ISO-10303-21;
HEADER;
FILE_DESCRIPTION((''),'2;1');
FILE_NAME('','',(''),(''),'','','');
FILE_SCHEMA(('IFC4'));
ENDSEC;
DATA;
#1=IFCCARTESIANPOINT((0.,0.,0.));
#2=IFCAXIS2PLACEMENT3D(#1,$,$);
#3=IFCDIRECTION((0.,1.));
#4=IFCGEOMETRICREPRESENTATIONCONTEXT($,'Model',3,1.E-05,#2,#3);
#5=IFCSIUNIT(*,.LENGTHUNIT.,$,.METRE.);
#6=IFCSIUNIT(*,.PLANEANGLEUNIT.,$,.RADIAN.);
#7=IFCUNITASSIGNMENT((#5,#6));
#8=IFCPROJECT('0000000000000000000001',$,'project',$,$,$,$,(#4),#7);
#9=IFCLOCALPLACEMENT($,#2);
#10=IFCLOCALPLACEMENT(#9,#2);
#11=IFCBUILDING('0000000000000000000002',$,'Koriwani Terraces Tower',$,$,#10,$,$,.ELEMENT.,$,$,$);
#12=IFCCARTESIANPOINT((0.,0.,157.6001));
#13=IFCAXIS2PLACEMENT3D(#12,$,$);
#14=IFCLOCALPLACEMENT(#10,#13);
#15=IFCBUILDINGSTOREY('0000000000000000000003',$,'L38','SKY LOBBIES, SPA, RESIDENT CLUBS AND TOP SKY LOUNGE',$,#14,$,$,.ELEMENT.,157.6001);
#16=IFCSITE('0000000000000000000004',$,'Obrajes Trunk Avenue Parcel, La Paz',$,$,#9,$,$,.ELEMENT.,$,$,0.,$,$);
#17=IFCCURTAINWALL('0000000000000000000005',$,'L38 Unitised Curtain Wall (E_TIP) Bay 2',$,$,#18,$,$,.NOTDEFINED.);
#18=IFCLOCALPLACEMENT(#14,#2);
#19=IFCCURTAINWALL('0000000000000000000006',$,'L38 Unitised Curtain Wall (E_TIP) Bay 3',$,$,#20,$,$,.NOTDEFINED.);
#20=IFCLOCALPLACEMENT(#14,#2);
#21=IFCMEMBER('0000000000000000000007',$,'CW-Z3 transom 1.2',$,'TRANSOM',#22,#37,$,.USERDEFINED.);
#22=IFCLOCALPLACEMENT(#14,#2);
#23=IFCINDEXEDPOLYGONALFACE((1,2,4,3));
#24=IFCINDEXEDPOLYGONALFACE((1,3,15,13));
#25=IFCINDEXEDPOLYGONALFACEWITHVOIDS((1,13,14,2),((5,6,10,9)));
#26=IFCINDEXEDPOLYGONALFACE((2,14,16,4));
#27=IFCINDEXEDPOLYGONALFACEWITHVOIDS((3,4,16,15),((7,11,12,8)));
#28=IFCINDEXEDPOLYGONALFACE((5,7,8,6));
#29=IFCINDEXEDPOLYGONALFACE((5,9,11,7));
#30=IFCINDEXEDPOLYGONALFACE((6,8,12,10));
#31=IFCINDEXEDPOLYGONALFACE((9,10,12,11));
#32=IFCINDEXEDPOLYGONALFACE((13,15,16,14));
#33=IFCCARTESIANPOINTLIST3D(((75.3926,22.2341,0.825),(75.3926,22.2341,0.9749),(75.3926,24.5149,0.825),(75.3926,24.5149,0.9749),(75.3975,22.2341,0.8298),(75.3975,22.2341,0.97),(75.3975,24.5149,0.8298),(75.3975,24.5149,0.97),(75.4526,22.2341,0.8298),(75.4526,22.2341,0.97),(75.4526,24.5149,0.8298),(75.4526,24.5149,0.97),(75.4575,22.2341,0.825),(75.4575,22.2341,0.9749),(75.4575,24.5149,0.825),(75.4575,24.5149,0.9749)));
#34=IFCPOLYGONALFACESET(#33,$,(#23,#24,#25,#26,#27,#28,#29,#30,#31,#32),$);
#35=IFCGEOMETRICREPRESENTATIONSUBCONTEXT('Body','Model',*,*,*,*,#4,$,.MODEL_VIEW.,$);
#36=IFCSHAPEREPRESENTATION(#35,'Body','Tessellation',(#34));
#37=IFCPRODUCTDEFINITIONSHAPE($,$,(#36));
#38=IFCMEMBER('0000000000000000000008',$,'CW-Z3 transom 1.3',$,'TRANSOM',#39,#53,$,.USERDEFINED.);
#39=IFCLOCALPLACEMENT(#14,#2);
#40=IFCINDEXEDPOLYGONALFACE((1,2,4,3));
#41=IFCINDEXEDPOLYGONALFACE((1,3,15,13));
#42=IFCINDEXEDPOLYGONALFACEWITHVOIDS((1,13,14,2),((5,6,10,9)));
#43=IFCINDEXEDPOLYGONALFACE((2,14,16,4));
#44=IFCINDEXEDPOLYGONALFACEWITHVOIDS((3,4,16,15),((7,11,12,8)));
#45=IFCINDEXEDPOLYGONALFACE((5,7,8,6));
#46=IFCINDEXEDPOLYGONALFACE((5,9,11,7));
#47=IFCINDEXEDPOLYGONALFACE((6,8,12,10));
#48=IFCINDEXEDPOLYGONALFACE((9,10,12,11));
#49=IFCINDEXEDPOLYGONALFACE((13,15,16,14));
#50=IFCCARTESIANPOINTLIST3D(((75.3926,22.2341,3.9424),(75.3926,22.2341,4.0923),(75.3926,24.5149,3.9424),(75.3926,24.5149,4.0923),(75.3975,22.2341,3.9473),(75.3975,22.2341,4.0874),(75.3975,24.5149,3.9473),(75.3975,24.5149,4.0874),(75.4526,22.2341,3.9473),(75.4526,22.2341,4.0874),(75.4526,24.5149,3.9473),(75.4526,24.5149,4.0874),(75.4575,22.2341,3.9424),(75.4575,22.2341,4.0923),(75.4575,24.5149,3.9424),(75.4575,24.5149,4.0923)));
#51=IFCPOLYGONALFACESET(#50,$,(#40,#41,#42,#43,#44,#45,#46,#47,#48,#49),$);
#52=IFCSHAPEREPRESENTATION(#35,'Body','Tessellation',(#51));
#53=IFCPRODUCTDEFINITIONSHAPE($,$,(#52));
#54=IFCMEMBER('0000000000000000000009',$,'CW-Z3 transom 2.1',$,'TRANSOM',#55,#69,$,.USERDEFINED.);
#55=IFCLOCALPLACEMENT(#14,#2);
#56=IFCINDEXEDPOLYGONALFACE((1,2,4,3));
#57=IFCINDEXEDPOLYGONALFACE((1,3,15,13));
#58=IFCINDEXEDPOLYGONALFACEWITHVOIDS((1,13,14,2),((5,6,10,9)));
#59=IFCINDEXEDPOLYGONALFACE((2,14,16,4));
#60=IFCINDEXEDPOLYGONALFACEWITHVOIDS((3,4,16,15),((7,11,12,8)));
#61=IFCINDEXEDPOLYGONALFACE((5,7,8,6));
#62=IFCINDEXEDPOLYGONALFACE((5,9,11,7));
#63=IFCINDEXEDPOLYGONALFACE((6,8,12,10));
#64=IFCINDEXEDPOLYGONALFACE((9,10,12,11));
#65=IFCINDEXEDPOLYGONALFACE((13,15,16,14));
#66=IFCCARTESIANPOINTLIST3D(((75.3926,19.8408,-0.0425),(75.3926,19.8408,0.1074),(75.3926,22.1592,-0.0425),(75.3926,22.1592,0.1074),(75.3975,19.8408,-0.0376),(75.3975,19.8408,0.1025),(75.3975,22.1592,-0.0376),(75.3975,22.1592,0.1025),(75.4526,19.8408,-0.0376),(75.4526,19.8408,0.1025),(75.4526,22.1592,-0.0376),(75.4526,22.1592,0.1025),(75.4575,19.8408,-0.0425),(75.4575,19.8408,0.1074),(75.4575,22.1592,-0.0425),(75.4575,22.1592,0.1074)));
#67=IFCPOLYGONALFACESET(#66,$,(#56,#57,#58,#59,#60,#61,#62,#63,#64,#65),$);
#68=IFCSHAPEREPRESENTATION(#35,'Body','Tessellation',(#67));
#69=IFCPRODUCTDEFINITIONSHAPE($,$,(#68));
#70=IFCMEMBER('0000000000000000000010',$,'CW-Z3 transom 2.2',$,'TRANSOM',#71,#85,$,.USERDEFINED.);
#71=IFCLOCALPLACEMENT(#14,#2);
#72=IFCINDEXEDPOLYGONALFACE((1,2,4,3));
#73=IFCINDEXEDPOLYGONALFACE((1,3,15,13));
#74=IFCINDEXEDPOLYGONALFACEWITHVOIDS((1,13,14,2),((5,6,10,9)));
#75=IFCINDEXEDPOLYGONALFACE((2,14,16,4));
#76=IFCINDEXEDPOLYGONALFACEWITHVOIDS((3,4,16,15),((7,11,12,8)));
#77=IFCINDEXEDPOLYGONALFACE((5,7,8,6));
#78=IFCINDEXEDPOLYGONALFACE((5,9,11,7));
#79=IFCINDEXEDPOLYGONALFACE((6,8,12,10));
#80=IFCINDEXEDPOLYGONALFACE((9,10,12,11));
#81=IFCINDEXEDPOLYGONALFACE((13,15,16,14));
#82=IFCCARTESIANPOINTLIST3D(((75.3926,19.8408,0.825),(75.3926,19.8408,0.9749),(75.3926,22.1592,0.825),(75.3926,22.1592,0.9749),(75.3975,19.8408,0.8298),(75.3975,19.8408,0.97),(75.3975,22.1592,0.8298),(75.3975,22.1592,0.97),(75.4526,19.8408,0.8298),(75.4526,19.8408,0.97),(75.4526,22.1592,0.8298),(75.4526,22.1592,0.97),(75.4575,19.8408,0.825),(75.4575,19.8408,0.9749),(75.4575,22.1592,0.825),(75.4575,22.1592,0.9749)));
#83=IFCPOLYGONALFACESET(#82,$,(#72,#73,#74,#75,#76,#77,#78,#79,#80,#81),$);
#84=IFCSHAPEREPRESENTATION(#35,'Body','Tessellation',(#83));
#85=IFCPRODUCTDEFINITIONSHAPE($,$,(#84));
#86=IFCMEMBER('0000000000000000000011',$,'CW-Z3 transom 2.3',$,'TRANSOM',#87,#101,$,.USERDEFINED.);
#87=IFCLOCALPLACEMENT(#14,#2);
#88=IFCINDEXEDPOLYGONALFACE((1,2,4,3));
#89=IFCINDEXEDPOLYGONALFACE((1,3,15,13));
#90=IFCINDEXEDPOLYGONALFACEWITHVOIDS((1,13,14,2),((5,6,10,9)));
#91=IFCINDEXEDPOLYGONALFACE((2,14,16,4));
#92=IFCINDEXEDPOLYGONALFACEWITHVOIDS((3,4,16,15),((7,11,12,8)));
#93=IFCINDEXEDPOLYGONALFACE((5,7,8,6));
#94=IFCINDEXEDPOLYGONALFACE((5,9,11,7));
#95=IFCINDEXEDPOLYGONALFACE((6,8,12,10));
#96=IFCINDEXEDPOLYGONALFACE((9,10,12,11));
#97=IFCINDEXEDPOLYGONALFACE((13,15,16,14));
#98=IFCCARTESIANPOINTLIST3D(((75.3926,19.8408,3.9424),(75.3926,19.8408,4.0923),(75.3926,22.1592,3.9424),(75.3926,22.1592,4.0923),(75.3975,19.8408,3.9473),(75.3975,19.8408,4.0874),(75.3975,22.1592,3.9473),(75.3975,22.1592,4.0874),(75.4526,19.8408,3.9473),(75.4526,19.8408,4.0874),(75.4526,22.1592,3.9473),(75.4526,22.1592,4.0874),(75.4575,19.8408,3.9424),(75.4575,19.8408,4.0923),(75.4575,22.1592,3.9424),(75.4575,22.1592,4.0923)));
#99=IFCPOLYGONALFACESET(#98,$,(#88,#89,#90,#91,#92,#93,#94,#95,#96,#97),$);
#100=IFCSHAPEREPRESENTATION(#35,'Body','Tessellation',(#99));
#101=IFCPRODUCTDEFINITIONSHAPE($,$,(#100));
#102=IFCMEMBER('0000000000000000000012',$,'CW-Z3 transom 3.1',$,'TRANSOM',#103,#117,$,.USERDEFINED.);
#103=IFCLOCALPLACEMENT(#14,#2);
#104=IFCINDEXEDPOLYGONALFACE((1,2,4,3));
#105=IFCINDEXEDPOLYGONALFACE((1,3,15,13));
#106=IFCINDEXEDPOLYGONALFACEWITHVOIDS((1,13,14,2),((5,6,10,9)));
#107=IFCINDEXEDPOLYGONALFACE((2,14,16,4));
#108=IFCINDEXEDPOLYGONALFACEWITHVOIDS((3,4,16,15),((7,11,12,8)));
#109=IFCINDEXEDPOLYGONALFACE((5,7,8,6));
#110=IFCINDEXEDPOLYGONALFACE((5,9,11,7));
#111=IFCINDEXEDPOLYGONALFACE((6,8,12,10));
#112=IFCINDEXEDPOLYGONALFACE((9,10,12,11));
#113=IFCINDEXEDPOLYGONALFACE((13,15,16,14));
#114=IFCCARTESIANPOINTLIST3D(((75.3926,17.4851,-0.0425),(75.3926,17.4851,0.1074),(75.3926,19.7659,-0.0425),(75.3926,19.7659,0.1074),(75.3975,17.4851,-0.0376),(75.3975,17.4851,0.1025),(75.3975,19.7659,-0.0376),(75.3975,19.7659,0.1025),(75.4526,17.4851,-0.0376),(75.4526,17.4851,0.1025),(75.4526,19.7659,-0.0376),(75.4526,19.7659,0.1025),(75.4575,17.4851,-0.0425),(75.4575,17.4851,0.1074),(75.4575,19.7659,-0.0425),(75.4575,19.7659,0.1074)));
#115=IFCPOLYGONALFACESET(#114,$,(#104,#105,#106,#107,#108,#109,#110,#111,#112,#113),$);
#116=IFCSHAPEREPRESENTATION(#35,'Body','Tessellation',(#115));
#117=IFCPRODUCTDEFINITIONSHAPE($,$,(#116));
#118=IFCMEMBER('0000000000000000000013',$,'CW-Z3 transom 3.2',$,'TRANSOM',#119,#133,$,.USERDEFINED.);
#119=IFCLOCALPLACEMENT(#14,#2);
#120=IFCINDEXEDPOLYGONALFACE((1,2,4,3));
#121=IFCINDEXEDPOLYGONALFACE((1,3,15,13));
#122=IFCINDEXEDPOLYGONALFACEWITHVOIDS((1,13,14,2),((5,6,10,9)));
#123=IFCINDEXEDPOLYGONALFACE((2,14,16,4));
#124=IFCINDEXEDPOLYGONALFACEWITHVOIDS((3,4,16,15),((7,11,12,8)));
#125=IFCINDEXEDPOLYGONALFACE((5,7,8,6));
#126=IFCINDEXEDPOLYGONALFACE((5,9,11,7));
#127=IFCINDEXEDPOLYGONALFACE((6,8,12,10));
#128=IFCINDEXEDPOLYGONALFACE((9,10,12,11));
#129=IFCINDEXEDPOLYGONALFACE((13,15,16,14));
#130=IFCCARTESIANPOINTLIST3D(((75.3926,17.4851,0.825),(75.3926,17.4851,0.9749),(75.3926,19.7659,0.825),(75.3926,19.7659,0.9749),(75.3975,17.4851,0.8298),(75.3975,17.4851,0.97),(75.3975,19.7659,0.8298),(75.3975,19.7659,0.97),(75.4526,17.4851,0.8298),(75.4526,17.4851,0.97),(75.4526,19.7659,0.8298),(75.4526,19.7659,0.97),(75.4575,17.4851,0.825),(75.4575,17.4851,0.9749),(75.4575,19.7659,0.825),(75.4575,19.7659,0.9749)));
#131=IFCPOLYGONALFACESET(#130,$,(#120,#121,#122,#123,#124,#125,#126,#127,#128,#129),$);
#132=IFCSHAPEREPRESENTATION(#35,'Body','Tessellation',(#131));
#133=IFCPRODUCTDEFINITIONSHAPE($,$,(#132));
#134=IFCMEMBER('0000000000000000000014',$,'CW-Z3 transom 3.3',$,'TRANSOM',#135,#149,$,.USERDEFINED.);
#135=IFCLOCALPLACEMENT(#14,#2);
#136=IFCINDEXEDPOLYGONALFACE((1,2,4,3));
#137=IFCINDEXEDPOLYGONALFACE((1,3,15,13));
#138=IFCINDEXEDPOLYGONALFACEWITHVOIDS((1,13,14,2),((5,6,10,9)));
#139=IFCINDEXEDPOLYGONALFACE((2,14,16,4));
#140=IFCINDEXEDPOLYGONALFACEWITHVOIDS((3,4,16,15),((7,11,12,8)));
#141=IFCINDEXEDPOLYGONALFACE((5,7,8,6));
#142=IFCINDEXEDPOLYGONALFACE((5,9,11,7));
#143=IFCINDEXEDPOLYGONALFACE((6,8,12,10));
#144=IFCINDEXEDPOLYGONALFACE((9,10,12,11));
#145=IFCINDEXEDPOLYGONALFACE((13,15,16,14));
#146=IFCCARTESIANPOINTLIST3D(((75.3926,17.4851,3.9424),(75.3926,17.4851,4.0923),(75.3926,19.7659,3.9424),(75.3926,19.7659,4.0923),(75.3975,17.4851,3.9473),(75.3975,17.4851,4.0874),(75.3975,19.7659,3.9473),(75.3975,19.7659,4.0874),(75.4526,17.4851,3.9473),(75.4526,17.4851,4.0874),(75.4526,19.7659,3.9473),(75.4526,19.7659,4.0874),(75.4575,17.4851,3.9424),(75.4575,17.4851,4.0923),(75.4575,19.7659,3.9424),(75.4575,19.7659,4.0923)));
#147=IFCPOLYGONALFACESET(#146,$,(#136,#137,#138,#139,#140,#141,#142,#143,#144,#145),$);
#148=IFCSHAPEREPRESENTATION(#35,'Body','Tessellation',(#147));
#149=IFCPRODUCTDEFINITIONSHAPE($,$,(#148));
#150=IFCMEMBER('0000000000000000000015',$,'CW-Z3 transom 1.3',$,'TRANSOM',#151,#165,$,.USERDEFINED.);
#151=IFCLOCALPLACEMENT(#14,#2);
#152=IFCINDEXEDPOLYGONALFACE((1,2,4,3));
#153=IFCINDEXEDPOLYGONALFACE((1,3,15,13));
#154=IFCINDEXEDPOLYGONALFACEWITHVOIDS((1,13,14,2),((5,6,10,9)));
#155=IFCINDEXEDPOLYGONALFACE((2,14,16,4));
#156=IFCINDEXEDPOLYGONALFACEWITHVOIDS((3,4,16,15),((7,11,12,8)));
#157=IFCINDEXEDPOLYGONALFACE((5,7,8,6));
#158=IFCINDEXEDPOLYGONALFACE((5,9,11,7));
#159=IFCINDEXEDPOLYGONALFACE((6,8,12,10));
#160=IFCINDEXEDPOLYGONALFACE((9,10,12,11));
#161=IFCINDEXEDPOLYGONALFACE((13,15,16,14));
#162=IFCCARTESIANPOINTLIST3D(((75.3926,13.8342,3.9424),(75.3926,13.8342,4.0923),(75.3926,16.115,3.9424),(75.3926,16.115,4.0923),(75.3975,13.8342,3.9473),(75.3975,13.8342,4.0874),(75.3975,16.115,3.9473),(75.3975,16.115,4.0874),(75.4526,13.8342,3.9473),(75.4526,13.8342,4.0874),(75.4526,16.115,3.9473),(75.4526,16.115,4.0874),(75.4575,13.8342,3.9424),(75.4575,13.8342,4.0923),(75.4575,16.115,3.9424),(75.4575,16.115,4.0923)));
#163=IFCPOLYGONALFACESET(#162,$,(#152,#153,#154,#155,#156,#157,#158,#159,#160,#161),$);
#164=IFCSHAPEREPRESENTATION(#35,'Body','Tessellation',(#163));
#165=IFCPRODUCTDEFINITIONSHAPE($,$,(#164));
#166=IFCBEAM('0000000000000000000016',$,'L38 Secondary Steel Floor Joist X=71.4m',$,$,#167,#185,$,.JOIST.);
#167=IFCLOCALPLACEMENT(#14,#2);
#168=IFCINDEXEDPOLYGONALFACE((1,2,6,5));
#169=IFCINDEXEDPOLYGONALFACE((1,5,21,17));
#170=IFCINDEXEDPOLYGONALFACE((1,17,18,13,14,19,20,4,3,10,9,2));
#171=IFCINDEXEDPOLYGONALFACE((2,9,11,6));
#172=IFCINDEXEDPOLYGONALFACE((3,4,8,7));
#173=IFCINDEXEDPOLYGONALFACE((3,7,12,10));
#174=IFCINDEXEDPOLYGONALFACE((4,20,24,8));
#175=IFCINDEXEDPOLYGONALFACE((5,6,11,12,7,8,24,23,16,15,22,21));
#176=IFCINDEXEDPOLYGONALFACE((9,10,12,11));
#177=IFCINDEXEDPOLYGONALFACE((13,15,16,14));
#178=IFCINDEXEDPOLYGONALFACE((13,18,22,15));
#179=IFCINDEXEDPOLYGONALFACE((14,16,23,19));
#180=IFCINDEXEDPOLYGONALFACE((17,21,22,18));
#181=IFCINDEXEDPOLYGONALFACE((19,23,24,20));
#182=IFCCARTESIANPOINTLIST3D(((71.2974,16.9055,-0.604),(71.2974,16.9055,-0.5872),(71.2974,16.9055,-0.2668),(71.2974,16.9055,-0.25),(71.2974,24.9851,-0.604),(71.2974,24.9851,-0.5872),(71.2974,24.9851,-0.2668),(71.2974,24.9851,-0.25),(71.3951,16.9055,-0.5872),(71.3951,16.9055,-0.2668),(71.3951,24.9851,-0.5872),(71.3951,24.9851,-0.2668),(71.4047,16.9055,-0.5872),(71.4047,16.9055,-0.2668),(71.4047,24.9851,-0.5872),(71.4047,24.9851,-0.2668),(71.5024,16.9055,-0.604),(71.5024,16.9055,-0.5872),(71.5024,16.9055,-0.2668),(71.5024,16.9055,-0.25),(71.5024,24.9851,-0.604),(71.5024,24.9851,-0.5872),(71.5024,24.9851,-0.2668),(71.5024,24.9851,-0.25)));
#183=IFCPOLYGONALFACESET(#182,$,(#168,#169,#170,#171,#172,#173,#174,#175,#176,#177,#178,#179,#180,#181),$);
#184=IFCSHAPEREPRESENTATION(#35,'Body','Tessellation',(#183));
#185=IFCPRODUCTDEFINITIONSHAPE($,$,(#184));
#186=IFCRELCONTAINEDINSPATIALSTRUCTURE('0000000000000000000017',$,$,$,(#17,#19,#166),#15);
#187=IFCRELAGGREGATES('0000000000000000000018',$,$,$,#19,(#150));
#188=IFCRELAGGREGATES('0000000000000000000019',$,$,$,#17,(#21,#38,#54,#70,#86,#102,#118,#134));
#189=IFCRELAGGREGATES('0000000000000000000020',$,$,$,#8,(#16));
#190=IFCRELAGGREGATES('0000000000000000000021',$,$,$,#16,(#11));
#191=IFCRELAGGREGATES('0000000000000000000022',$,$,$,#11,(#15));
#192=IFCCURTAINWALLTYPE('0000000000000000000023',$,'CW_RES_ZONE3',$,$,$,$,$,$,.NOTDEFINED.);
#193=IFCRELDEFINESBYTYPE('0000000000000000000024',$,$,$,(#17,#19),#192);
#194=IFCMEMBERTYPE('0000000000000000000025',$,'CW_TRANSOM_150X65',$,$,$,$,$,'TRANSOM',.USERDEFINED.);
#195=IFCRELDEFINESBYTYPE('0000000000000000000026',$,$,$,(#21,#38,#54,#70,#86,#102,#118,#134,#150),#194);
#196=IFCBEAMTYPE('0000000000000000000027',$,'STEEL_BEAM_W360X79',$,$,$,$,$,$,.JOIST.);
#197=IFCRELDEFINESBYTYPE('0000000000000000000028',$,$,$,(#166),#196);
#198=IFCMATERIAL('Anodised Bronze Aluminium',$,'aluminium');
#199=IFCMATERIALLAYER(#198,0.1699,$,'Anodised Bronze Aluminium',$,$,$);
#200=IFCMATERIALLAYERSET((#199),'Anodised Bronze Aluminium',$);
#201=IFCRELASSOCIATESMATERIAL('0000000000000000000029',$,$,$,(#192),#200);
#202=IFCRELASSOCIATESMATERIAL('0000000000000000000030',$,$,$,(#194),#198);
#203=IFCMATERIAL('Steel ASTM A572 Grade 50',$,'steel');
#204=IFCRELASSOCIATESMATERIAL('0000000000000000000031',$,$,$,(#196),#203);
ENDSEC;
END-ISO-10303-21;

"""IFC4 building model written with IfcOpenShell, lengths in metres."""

from ifc_helpers import new_model, si_unit, direction, frame, origin, origin_2d, place, context, subcontext, project, spatial, hollow_rectangle, i_section, extrude, material, layer, layer_set, material_profile, profile_set, type_object, element, aggregate, save


model = new_model("IFC4")

# Units and contexts
model_context = context("Model", 3, precision=1e-05, world=origin(), true_north=direction((0.0, 1.0)))
body_context = subcontext(model_context, "Body", "Model", "MODEL_VIEW")
ifc_project = project(units=[si_unit("LENGTHUNIT", "METRE"), si_unit("PLANEANGLEUNIT", "RADIAN")], contexts=[model_context])

# Site, building, storey
site_placement = place(None, origin())
site = spatial("IfcSite", under=ifc_project, at=site_placement, Name="Obrajes Trunk Avenue Parcel, La Paz", CompositionType="ELEMENT", RefElevation=0.0)
building_placement = place(site_placement, origin())
building = spatial("IfcBuilding", under=site, at=building_placement, Name="Koriwani Terraces Tower", CompositionType="ELEMENT")
storey_placement = place(building_placement, frame((0.0, 0.0, 157.6001)))
storey = spatial("IfcBuildingStorey", under=building, at=storey_placement, Name="L38", Description="SKY LOBBIES, SPA, RESIDENT CLUBS AND TOP SKY LOUNGE", CompositionType="ELEMENT", Elevation=157.6001)

# Curtain wall
ifc_material_1 = material(Name="Anodised Bronze Aluminium", Category="aluminium")
ifc_layer_1 = layer(ifc_material_1, 0.1699, Name="Anodised Bronze Aluminium")
ifc_layer_set_1 = layer_set([ifc_layer_1], Name="Anodised Bronze Aluminium")
curtain_wall_type = type_object("IfcCurtainWallType", Name="CW_RES_ZONE3", PredefinedType="NOTDEFINED", material=ifc_layer_set_1)
curtain_wall_1_placement = place(storey_placement, origin())
curtain_wall_1 = element("IfcCurtainWall", 1, at=curtain_wall_1_placement, inside=storey, type_object=curtain_wall_type, Name="L38 Unitised Curtain Wall (E_TIP) Bay 2", PredefinedType="NOTDEFINED")

# Curtain wall
curtain_wall_2_placement = place(storey_placement, origin())
curtain_wall_2 = element("IfcCurtainWall", 2, at=curtain_wall_2_placement, inside=storey, type_object=curtain_wall_type, Name="L38 Unitised Curtain Wall (E_TIP) Bay 3", PredefinedType="NOTDEFINED")

# Members
ifc_material_profile_1 = material_profile(ifc_material_1, hollow_rectangle(XDim=0.0649, YDim=0.1499, WallThickness=0.0049, at=origin_2d()), Name="Anodised Bronze Aluminium", Category="LoadBearing")
ifc_profile_set_1 = profile_set([ifc_material_profile_1], Name="Anodised Bronze Aluminium")
member_type_1 = type_object("IfcMemberType", Name="CW_TRANSOM_150X65", ElementType="TRANSOM", PredefinedType="USERDEFINED", material=ifc_profile_set_1)
member_1_placement = place(storey_placement, frame((75.425, 24.5149, 0.8999), z_axis=(0.0, -1.0, 0.0), x_axis=(1.0, 0.0, 0.0)))
member_1 = element("IfcMember", 3, at=member_1_placement, type_object=member_type_1, Name="CW-Z3 transom 1.2", ObjectType="TRANSOM", PredefinedType="USERDEFINED", context=body_context, shape_type="SweptSolid", body=[
    extrude(hollow_rectangle(XDim=0.0649, YDim=0.1499, WallThickness=0.0049, at=origin_2d()), origin(), (0.0, 0.0, 1.0), 2.2808),
])
member_2_placement = place(storey_placement, frame((75.425, 24.5149, 4.0173), z_axis=(0.0, -1.0, 0.0), x_axis=(1.0, 0.0, 0.0)))
member_2 = element("IfcMember", 4, at=member_2_placement, type_object=member_type_1, Name="CW-Z3 transom 1.3", ObjectType="TRANSOM", PredefinedType="USERDEFINED", context=body_context, shape_type="SweptSolid", body=[
    extrude(hollow_rectangle(XDim=0.0649, YDim=0.1499, WallThickness=0.0049, at=origin_2d()), origin(), (0.0, 0.0, 1.0), 2.2808),
])
member_3_placement = place(storey_placement, frame((75.425, 22.1592, 0.0325), z_axis=(0.0, -1.0, 0.0), x_axis=(1.0, 0.0, 0.0)))
member_3 = element("IfcMember", 5, at=member_3_placement, type_object=member_type_1, Name="CW-Z3 transom 2.1", ObjectType="TRANSOM", PredefinedType="USERDEFINED", context=body_context, shape_type="SweptSolid", body=[
    extrude(hollow_rectangle(XDim=0.0649, YDim=0.1499, WallThickness=0.0049, at=origin_2d()), origin(), (0.0, 0.0, 1.0), 2.3184),
])
member_4_placement = place(storey_placement, frame((75.425, 22.1592, 0.8999), z_axis=(0.0, -1.0, 0.0), x_axis=(1.0, 0.0, 0.0)))
member_4 = element("IfcMember", 6, at=member_4_placement, type_object=member_type_1, Name="CW-Z3 transom 2.2", ObjectType="TRANSOM", PredefinedType="USERDEFINED", context=body_context, shape_type="SweptSolid", body=[
    extrude(hollow_rectangle(XDim=0.0649, YDim=0.1499, WallThickness=0.0049, at=origin_2d()), origin(), (0.0, 0.0, 1.0), 2.3184),
])
member_5_placement = place(storey_placement, frame((75.425, 22.1592, 4.0173), z_axis=(0.0, -1.0, 0.0), x_axis=(1.0, 0.0, 0.0)))
member_5 = element("IfcMember", 7, at=member_5_placement, type_object=member_type_1, Name="CW-Z3 transom 2.3", ObjectType="TRANSOM", PredefinedType="USERDEFINED", context=body_context, shape_type="SweptSolid", body=[
    extrude(hollow_rectangle(XDim=0.0649, YDim=0.1499, WallThickness=0.0049, at=origin_2d()), origin(), (0.0, 0.0, 1.0), 2.3184),
])
member_6_placement = place(storey_placement, frame((75.425, 19.7659, 0.0325), z_axis=(0.0, -1.0, 0.0), x_axis=(1.0, 0.0, 0.0)))
member_6 = element("IfcMember", 8, at=member_6_placement, type_object=member_type_1, Name="CW-Z3 transom 3.1", ObjectType="TRANSOM", PredefinedType="USERDEFINED", context=body_context, shape_type="SweptSolid", body=[
    extrude(hollow_rectangle(XDim=0.0649, YDim=0.1499, WallThickness=0.0049, at=origin_2d()), origin(), (0.0, 0.0, 1.0), 2.2808),
])
member_7_placement = place(storey_placement, frame((75.425, 19.7659, 0.8999), z_axis=(0.0, -1.0, 0.0), x_axis=(1.0, 0.0, 0.0)))
member_7 = element("IfcMember", 9, at=member_7_placement, type_object=member_type_1, Name="CW-Z3 transom 3.2", ObjectType="TRANSOM", PredefinedType="USERDEFINED", context=body_context, shape_type="SweptSolid", body=[
    extrude(hollow_rectangle(XDim=0.0649, YDim=0.1499, WallThickness=0.0049, at=origin_2d()), origin(), (0.0, 0.0, 1.0), 2.2808),
])
member_8_placement = place(storey_placement, frame((75.425, 19.7659, 4.0173), z_axis=(0.0, -1.0, 0.0), x_axis=(1.0, 0.0, 0.0)))
member_8 = element("IfcMember", 10, at=member_8_placement, type_object=member_type_1, Name="CW-Z3 transom 3.3", ObjectType="TRANSOM", PredefinedType="USERDEFINED", context=body_context, shape_type="SweptSolid", body=[
    extrude(hollow_rectangle(XDim=0.0649, YDim=0.1499, WallThickness=0.0049, at=origin_2d()), origin(), (0.0, 0.0, 1.0), 2.2808),
])
member_9_placement = place(storey_placement, frame((75.425, 16.115, 4.0173), z_axis=(0.0, -1.0, 0.0), x_axis=(1.0, 0.0, 0.0)))
member_9 = element("IfcMember", 11, at=member_9_placement, type_object=member_type_1, Name="CW-Z3 transom 1.3", ObjectType="TRANSOM", PredefinedType="USERDEFINED", context=body_context, shape_type="SweptSolid", body=[
    extrude(hollow_rectangle(XDim=0.0649, YDim=0.1499, WallThickness=0.0049, at=origin_2d()), origin(), (0.0, 0.0, 1.0), 2.2808),
])
aggregate(curtain_wall_2, [member_9])

# Beam
ifc_material_2 = material(Name="Steel ASTM A572 Grade 50", Category="steel")
ifc_material_profile_2 = material_profile(ifc_material_2, i_section(OverallWidth=0.2051, OverallDepth=0.354, WebThickness=0.0095, FlangeThickness=0.0168, at=origin_2d()), Name="Steel ASTM A572 Grade 50", Category="LoadBearing")
ifc_profile_set_2 = profile_set([ifc_material_profile_2], Name="Steel ASTM A572 Grade 50")
beam_type_1 = type_object("IfcBeamType", Name="STEEL_BEAM_W360X79", PredefinedType="JOIST", material=ifc_profile_set_2)
beam_1_placement = place(storey_placement, frame((71.3999, 16.9055, -0.427), z_axis=(0.0, 1.0, 0.0), x_axis=(-1.0, 0.0, 0.0)))
element("IfcBeam", 12, at=beam_1_placement, inside=storey, type_object=beam_type_1, Name="L38 Secondary Steel Floor Joist X=71.4m", PredefinedType="JOIST", context=body_context, shape_type="SweptSolid", body=[
    extrude(i_section(OverallWidth=0.2051, OverallDepth=0.354, WebThickness=0.0095, FlangeThickness=0.0168, at=origin_2d()), origin(), (0.0, 0.0, 1.0), 8.0796),
])

aggregate(curtain_wall_1, [member_1, member_2, member_3, member_4, member_5, member_6, member_7, member_8])

save(model, "model.ifc")
